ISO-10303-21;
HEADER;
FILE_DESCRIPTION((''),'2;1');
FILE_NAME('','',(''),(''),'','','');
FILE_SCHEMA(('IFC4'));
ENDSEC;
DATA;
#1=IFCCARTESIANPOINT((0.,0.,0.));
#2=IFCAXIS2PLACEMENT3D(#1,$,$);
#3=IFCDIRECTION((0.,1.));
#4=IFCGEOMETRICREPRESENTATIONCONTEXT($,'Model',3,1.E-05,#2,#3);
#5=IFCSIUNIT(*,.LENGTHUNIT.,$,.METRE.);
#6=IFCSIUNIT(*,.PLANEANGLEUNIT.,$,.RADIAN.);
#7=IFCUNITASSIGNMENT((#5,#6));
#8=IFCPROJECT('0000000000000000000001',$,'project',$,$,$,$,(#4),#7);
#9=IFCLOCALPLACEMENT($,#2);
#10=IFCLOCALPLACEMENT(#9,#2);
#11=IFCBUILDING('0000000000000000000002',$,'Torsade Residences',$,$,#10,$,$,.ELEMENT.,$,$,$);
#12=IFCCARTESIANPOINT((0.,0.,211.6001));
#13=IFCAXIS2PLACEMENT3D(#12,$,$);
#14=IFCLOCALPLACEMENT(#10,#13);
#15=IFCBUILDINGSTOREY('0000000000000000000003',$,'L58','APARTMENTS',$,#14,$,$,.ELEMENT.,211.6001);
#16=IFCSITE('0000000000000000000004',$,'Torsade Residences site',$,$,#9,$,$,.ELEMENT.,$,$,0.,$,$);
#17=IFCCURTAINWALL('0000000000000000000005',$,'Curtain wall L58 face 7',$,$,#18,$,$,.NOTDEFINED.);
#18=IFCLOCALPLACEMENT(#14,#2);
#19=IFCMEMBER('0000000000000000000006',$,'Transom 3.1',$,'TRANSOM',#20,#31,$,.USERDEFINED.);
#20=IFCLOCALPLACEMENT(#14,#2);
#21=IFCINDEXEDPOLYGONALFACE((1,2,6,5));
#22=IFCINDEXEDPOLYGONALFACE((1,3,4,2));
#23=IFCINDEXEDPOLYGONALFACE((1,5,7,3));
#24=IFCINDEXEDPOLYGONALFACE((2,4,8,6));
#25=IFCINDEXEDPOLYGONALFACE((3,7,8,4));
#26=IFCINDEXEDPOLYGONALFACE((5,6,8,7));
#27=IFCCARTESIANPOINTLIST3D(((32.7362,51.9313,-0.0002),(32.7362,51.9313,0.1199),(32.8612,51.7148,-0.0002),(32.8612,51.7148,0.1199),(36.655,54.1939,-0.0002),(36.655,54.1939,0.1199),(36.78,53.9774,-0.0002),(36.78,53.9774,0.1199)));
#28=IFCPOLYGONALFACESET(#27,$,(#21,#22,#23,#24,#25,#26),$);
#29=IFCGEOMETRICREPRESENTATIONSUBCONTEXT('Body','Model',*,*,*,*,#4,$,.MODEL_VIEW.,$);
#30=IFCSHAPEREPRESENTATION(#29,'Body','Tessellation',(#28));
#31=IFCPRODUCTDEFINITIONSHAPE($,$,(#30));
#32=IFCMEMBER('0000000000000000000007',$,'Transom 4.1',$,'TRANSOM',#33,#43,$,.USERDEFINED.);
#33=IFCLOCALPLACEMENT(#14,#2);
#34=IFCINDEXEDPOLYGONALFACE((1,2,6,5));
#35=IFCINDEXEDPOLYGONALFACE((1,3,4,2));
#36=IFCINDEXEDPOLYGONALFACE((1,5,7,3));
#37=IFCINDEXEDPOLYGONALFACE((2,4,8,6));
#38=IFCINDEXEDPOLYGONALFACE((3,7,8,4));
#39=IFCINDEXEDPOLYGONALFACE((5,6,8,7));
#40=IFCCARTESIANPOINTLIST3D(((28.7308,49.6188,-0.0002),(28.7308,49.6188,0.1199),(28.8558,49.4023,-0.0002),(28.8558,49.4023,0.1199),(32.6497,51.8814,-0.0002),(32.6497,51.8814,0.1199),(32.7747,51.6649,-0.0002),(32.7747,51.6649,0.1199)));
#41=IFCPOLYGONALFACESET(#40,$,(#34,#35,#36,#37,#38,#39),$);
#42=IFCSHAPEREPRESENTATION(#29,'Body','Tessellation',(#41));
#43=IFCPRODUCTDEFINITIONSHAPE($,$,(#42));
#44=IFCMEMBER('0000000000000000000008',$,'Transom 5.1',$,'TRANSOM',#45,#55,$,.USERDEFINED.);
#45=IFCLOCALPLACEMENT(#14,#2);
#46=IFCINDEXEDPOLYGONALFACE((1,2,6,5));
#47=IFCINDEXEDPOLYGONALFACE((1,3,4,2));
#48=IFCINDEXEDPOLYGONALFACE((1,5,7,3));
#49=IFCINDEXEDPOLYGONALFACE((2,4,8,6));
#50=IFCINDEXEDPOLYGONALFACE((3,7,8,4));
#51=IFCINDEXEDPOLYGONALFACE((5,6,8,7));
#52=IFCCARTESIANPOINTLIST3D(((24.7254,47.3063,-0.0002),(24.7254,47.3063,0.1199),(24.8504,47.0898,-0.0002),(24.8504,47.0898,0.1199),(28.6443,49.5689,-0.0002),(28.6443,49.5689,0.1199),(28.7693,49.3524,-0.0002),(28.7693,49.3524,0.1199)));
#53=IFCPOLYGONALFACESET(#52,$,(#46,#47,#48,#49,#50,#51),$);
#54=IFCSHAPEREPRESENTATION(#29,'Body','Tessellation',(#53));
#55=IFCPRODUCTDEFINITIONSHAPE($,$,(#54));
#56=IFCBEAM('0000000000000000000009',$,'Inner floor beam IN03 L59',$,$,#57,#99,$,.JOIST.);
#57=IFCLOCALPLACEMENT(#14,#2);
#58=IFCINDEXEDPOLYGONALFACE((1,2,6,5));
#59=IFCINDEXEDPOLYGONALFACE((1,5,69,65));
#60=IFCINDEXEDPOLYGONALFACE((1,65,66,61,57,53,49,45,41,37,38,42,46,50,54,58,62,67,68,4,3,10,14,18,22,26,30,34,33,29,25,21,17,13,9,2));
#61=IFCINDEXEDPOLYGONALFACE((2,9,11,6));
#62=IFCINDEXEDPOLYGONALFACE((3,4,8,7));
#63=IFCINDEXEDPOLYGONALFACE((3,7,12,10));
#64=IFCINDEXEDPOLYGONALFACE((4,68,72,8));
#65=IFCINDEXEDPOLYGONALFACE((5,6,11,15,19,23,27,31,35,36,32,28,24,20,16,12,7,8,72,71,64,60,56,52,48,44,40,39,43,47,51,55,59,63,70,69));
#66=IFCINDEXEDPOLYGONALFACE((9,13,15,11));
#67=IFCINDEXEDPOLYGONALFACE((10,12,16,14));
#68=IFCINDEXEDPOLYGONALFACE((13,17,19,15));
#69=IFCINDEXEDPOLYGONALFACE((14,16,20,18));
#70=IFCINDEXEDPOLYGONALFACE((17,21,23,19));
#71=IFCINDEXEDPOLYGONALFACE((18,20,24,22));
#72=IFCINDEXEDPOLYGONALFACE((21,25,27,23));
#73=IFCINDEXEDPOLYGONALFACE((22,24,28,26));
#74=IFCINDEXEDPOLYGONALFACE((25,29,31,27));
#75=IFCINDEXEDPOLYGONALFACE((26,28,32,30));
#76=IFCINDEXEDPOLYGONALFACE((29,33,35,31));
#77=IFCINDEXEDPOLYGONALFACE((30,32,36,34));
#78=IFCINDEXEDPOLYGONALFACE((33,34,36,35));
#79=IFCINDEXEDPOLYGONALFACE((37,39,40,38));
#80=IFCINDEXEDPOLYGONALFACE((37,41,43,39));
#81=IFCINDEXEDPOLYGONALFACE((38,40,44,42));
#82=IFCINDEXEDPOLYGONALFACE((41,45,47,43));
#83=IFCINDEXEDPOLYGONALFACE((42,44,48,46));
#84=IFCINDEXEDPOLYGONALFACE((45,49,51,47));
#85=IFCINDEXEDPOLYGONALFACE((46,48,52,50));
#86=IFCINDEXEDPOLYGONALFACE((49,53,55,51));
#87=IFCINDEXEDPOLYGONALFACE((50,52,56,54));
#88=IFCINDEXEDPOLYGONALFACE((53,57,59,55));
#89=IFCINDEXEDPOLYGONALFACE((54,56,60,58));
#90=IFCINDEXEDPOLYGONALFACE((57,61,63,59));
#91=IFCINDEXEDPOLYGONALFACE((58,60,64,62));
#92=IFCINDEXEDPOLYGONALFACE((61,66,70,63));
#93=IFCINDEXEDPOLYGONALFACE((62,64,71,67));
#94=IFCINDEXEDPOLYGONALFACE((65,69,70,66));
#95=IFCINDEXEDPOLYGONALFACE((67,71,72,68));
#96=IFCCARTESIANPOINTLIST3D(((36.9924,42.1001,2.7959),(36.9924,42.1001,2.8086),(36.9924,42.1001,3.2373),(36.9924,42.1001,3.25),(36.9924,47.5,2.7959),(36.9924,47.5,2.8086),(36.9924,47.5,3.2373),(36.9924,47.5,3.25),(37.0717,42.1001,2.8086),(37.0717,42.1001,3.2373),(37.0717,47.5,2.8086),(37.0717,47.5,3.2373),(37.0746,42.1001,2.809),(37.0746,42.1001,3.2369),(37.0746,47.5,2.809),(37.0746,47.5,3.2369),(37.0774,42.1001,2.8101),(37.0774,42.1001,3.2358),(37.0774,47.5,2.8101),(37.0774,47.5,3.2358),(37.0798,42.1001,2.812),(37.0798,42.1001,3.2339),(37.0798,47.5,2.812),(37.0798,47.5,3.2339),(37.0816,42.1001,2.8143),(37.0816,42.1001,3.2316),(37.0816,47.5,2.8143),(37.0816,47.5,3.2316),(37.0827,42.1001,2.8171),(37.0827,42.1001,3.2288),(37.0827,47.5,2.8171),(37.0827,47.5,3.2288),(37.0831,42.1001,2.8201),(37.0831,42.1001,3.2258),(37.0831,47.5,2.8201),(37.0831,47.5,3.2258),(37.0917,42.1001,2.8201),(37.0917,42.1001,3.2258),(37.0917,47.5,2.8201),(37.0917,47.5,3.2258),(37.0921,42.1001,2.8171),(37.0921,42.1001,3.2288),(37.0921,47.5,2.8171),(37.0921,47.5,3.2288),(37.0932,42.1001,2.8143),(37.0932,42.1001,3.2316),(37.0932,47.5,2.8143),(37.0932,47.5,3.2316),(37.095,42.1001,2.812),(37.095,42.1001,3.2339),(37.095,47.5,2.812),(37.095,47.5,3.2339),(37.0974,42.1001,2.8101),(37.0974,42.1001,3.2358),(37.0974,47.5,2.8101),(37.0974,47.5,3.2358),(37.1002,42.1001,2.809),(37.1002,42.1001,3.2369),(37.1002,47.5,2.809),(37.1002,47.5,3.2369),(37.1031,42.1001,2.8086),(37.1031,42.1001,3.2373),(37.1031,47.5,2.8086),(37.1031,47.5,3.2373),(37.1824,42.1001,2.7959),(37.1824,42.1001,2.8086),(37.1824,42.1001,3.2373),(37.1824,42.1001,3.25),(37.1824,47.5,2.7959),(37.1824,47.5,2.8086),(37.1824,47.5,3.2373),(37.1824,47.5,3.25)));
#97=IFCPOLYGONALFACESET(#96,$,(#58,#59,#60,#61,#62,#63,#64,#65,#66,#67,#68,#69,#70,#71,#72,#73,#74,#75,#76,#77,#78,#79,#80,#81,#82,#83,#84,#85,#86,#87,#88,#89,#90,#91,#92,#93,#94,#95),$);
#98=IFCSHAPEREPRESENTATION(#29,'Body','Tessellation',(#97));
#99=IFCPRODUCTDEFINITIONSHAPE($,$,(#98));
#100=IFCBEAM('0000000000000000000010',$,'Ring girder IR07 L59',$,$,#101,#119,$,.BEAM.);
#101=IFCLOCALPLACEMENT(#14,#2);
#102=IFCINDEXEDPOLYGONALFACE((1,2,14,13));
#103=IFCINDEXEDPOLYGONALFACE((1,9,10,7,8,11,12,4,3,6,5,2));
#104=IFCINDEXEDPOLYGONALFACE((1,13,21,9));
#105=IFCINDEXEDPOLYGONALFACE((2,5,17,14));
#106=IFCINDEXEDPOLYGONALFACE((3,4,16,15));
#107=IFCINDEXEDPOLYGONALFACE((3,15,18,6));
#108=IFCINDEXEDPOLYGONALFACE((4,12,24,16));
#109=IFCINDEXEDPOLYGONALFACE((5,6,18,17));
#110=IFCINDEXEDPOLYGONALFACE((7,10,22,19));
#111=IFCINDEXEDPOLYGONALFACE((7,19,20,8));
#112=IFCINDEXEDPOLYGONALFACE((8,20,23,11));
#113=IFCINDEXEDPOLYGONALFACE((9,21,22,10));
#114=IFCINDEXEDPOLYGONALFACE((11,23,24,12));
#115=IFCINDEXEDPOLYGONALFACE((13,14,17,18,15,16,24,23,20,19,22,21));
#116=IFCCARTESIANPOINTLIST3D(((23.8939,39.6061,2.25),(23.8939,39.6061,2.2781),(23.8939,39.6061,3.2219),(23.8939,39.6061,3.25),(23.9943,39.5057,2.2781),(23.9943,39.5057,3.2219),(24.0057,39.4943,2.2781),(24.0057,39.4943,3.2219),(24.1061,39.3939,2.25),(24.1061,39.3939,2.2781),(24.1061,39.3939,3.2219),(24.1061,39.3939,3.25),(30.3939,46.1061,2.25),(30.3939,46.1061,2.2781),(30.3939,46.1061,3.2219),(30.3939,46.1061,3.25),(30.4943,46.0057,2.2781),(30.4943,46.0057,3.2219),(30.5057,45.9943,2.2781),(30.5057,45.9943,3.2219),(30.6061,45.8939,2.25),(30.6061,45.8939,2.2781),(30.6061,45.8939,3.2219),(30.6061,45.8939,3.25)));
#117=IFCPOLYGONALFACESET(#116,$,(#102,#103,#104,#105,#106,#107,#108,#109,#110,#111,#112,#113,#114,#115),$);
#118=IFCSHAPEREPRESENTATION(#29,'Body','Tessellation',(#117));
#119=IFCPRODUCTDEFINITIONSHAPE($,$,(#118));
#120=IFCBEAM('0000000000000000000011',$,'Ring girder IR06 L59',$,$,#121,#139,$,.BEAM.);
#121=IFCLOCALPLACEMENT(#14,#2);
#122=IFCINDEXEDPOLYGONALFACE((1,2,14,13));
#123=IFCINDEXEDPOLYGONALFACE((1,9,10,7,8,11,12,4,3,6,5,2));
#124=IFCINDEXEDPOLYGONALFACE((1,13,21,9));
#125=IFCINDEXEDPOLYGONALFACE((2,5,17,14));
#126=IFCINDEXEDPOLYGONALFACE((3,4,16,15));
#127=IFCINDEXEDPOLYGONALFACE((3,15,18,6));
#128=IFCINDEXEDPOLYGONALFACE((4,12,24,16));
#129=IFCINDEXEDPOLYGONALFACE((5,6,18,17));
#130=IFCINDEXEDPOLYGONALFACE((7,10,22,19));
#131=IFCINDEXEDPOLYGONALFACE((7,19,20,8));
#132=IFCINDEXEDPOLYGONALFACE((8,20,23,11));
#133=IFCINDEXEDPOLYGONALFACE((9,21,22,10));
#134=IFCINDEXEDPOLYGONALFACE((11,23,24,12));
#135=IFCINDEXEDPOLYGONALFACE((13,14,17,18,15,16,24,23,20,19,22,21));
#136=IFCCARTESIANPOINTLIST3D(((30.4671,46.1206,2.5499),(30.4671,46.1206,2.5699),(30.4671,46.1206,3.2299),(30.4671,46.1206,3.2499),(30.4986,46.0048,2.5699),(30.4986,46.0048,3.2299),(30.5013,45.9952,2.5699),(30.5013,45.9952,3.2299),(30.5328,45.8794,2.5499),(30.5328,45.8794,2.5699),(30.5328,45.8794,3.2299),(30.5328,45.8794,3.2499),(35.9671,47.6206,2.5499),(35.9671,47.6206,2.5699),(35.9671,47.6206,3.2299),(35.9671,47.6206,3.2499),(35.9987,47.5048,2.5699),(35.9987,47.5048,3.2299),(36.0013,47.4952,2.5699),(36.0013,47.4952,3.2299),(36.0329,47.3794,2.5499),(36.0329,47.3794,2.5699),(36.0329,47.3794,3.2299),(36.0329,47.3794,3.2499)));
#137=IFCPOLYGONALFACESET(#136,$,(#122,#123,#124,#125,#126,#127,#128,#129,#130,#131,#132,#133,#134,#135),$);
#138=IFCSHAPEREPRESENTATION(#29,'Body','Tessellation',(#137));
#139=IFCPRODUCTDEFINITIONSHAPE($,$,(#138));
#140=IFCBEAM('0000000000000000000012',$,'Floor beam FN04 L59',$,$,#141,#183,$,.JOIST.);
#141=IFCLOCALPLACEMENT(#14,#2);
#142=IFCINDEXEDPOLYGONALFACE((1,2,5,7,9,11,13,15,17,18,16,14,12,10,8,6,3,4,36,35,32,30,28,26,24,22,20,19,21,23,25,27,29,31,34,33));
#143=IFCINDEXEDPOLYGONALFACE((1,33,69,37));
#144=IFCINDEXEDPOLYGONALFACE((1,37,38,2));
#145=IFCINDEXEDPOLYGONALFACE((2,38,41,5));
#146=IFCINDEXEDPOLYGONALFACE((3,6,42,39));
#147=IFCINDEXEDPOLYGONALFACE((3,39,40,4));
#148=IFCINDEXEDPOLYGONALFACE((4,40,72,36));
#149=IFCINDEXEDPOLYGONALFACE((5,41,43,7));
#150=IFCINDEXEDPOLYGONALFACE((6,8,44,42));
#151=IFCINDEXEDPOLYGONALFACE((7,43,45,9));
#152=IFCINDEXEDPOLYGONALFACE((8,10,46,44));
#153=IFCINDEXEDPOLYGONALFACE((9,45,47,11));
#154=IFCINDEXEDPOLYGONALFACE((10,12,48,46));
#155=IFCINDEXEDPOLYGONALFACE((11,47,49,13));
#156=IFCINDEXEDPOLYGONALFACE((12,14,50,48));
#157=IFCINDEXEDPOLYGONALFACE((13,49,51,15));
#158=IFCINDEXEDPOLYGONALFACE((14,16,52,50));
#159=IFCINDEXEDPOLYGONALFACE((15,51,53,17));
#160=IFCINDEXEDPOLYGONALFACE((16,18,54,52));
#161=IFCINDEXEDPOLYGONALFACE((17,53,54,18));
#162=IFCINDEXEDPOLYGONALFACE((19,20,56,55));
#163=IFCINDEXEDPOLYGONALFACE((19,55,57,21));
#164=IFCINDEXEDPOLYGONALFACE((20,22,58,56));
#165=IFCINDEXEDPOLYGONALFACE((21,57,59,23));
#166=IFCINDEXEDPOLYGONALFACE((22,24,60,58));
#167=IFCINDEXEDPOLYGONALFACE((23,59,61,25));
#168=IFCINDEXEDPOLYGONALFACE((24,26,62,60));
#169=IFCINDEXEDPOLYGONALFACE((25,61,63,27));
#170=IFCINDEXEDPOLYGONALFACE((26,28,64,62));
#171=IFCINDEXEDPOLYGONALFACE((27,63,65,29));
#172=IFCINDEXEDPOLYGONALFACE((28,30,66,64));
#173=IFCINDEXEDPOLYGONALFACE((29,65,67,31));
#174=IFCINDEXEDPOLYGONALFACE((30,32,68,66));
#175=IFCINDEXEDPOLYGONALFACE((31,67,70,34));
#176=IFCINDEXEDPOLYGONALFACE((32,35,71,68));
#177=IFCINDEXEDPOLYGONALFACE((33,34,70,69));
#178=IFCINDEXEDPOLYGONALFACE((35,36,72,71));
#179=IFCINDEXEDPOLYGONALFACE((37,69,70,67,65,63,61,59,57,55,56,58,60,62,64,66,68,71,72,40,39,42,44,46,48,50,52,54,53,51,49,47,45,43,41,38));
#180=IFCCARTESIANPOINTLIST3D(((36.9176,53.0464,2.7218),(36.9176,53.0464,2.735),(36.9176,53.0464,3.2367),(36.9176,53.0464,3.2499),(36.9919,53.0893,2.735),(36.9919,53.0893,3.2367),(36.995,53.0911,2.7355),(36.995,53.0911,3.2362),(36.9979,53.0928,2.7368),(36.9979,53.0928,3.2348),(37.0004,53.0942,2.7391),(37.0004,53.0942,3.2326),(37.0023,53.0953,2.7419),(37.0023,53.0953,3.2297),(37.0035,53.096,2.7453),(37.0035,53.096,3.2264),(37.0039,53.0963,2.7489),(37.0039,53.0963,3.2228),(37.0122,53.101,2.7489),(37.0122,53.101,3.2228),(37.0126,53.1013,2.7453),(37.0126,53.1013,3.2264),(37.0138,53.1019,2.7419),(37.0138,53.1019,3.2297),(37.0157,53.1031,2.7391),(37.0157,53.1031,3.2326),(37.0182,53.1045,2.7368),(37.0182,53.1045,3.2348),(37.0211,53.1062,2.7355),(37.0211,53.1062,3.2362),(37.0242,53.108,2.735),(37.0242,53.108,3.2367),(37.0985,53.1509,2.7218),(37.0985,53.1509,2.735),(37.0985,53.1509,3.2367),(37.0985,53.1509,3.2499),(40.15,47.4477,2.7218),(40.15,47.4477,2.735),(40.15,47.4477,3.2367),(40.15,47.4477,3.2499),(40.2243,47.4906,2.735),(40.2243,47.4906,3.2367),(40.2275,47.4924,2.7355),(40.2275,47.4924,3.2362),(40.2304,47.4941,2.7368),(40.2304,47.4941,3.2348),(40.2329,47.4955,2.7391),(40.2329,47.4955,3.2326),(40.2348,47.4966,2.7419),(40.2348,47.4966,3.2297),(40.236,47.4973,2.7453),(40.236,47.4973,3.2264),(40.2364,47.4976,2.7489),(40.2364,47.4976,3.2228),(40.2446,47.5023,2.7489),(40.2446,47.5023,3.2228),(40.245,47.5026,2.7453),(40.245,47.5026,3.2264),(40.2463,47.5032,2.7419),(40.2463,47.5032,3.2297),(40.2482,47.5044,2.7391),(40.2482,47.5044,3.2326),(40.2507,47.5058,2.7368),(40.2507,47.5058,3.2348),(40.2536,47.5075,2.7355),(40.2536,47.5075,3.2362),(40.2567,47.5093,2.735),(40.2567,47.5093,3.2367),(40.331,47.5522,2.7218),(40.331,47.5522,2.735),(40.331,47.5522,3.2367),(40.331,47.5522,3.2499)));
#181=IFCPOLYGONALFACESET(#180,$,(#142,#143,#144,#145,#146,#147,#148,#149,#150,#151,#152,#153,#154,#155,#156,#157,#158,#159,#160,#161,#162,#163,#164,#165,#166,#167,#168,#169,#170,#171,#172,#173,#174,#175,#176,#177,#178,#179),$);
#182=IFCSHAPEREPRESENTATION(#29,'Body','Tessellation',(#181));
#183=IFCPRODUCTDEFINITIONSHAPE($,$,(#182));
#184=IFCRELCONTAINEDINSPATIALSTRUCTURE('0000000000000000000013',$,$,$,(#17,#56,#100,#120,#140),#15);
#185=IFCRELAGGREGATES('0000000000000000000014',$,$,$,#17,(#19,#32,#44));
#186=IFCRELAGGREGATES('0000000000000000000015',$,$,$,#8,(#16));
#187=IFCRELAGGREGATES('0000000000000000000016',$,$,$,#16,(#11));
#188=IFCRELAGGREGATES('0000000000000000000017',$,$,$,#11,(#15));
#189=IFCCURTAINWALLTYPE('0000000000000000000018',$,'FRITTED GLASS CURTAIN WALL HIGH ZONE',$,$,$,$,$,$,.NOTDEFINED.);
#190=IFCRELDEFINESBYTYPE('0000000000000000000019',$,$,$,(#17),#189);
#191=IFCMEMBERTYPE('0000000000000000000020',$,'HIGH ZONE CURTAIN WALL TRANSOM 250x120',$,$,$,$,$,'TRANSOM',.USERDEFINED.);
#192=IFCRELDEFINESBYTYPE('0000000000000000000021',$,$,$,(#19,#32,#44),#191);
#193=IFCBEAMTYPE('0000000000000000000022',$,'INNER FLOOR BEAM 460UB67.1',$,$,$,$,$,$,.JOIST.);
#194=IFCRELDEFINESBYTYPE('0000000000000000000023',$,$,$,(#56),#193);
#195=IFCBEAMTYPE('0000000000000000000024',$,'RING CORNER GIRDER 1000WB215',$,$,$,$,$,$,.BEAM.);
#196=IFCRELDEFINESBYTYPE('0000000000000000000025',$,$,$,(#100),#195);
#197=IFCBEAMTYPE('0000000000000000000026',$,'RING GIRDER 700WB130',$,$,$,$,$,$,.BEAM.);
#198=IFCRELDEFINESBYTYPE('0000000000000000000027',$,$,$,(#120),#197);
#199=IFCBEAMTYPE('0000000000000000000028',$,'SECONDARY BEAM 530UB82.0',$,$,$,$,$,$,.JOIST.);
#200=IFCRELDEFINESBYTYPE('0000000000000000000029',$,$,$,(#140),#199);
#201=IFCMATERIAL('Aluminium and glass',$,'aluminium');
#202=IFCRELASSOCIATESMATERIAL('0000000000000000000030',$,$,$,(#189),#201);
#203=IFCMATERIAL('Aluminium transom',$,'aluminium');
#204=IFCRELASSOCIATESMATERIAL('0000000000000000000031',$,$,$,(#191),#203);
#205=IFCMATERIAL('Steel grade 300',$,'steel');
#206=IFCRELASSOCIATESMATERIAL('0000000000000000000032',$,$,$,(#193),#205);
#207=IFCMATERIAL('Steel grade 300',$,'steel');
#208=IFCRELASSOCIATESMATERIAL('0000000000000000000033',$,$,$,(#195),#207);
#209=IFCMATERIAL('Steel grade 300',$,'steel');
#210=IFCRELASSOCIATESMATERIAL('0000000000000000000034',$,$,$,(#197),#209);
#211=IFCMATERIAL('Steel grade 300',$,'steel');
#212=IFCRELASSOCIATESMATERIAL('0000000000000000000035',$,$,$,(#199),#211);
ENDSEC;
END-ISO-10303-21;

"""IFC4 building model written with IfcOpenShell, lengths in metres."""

from ifc_helpers import new_model, si_unit, direction, frame, origin, origin_2d, place, context, subcontext, project, spatial, rectangle, i_section, extrude, material, material_profile, profile_set, type_object, element, aggregate, save


model = new_model("IFC4")

# Units and contexts
model_context = context("Model", 3, precision=1e-05, world=origin(), true_north=direction((0.0, 1.0)))
body_context = subcontext(model_context, "Body", "Model", "MODEL_VIEW")
ifc_project = project(units=[si_unit("LENGTHUNIT", "METRE"), si_unit("PLANEANGLEUNIT", "RADIAN")], contexts=[model_context])

# Site, building, storey
site_placement = place(None, origin())
site = spatial("IfcSite", under=ifc_project, at=site_placement, Name="Torsade Residences site", CompositionType="ELEMENT", RefElevation=0.0)
building_placement = place(site_placement, origin())
building = spatial("IfcBuilding", under=site, at=building_placement, Name="Torsade Residences", CompositionType="ELEMENT")
storey_placement = place(building_placement, frame((0.0, 0.0, 211.6001)))
storey = spatial("IfcBuildingStorey", under=building, at=storey_placement, Name="L58", Description="APARTMENTS", CompositionType="ELEMENT", Elevation=211.6001)

# Curtain wall, members
ifc_material_1 = material(Name="Aluminium and glass", Category="aluminium")
curtain_wall_type = type_object("IfcCurtainWallType", Name="FRITTED GLASS CURTAIN WALL HIGH ZONE", PredefinedType="NOTDEFINED", material=ifc_material_1)
curtain_wall_placement = place(storey_placement, origin())
curtain_wall = element("IfcCurtainWall", 1, at=curtain_wall_placement, inside=storey, type_object=curtain_wall_type, Name="Curtain wall L58 face 7", PredefinedType="NOTDEFINED")
ifc_material_2 = material(Name="Aluminium transom", Category="aluminium")
ifc_material_profile_1 = material_profile(ifc_material_2, rectangle(XDim=0.25, YDim=0.1201, at=origin_2d()), Name="HIGH ZONE CURTAIN WALL TRANSOM 250x120")
ifc_profile_set_1 = profile_set([ifc_material_profile_1], Name="Aluminium transom")
member_type_1 = type_object("IfcMemberType", Name="HIGH ZONE CURTAIN WALL TRANSOM 250x120", ElementType="TRANSOM", PredefinedType="USERDEFINED", material=ifc_profile_set_1)
member_1_placement = place(storey_placement, frame((36.7175, 54.0857, 0.0598), z_axis=(-0.866017, -0.500015, 0.0), x_axis=(0.500015, -0.866017, 0.0)))
member_1 = element("IfcMember", 2, at=member_1_placement, type_object=member_type_1, Name="Transom 3.1", ObjectType="TRANSOM", PredefinedType="USERDEFINED", context=body_context, shape_type="SweptSolid", body=[
    extrude(rectangle(XDim=0.25, YDim=0.1201, at=origin_2d()), origin(), (0.0, 0.0, 1.0), 4.5251),
])
member_2_placement = place(storey_placement, frame((32.7122, 51.7732, 0.0598), z_axis=(-0.866017, -0.500015, 0.0), x_axis=(0.500015, -0.866017, 0.0)))
member_2 = element("IfcMember", 3, at=member_2_placement, type_object=member_type_1, Name="Transom 4.1", ObjectType="TRANSOM", PredefinedType="USERDEFINED", context=body_context, shape_type="SweptSolid", body=[
    extrude(rectangle(XDim=0.25, YDim=0.1201, at=origin_2d()), origin(), (0.0, 0.0, 1.0), 4.5251),
])
member_3_placement = place(storey_placement, frame((28.7068, 49.4607, 0.0598), z_axis=(-0.866017, -0.500015, 0.0), x_axis=(0.500015, -0.866017, 0.0)))
member_3 = element("IfcMember", 4, at=member_3_placement, type_object=member_type_1, Name="Transom 5.1", ObjectType="TRANSOM", PredefinedType="USERDEFINED", context=body_context, shape_type="SweptSolid", body=[
    extrude(rectangle(XDim=0.25, YDim=0.1201, at=origin_2d()), origin(), (0.0, 0.0, 1.0), 4.5251),
])

# Beams
ifc_material_3 = material(Name="Steel grade 300", Category="steel")
ifc_material_profile_2 = material_profile(ifc_material_3, i_section(OverallWidth=0.1899, OverallDepth=0.4541, WebThickness=0.0085, FlangeThickness=0.0127, FilletRadius=0.0115, at=origin_2d()), Name="460UB67.1")
ifc_profile_set_2 = profile_set([ifc_material_profile_2], Name="Steel grade 300")
beam_type_1 = type_object("IfcBeamType", Name="INNER FLOOR BEAM 460UB67.1", PredefinedType="JOIST", material=ifc_profile_set_2)
beam_1_placement = place(storey_placement, frame((37.0874, 42.1001, 3.0229), z_axis=(0.0, 1.0, 0.0), x_axis=(-1.0, 0.0, 0.0)))
element("IfcBeam", 5, at=beam_1_placement, inside=storey, type_object=beam_type_1, Name="Inner floor beam IN03 L59", PredefinedType="JOIST", context=body_context, shape_type="SweptSolid", body=[
    extrude(i_section(OverallWidth=0.1899, OverallDepth=0.4541, WebThickness=0.0085, FlangeThickness=0.0127, FilletRadius=0.0115, at=origin_2d()), origin(), (0.0, 0.0, 1.0), 5.3999),
])
ifc_material_4 = material(Name="Steel grade 300", Category="steel")
ifc_material_profile_3 = material_profile(ifc_material_4, i_section(OverallWidth=0.3, OverallDepth=1.0, WebThickness=0.0161, FlangeThickness=0.0281, at=origin_2d()), Name="1000WB215")
ifc_profile_set_3 = profile_set([ifc_material_profile_3], Name="Steel grade 300")
beam_type_2 = type_object("IfcBeamType", Name="RING CORNER GIRDER 1000WB215", PredefinedType="BEAM", material=ifc_profile_set_3)
beam_2_placement = place(storey_placement, frame((30.5, 46.0, 2.75), z_axis=(-0.707107, -0.707107, 0.0), x_axis=(0.707107, -0.707107, 0.0)))
element("IfcBeam", 6, at=beam_2_placement, inside=storey, type_object=beam_type_2, Name="Ring girder IR07 L59", PredefinedType="BEAM", context=body_context, shape_type="SweptSolid", body=[
    extrude(i_section(OverallWidth=0.3, OverallDepth=1.0, WebThickness=0.0161, FlangeThickness=0.0281, at=origin_2d()), origin(), (0.0, 0.0, 1.0), 9.1924),
])
ifc_material_5 = material(Name="Steel grade 300", Category="steel")
ifc_material_profile_4 = material_profile(ifc_material_5, i_section(OverallWidth=0.25, OverallDepth=0.7, WebThickness=0.01, FlangeThickness=0.02, at=origin_2d()), Name="700WB130")
ifc_profile_set_4 = profile_set([ifc_material_profile_4], Name="Steel grade 300")
beam_type_3 = type_object("IfcBeamType", Name="RING GIRDER 700WB130", PredefinedType="BEAM", material=ifc_profile_set_4)
beam_3_placement = place(storey_placement, frame((36.0, 47.5, 2.8999), z_axis=(-0.964764, -0.263117, 0.0), x_axis=(0.263117, -0.964764, 0.0)))
element("IfcBeam", 7, at=beam_3_placement, inside=storey, type_object=beam_type_3, Name="Ring girder IR06 L59", PredefinedType="BEAM", context=body_context, shape_type="SweptSolid", body=[
    extrude(i_section(OverallWidth=0.25, OverallDepth=0.7, WebThickness=0.01, FlangeThickness=0.02, at=origin_2d()), origin(), (0.0, 0.0, 1.0), 5.7009),
])
ifc_material_6 = material(Name="Steel grade 300", Category="steel")
ifc_material_profile_5 = material_profile(ifc_material_6, i_section(OverallWidth=0.209, OverallDepth=0.5281, WebThickness=0.0095, FlangeThickness=0.0132, FilletRadius=0.0139, at=origin_2d()), Name="530UB82.0")
ifc_profile_set_5 = profile_set([ifc_material_profile_5], Name="Steel grade 300")
beam_type_4 = type_object("IfcBeamType", Name="SECONDARY BEAM 530UB82.0", PredefinedType="JOIST", material=ifc_profile_set_5)
beam_4_placement = place(storey_placement, frame((37.0081, 53.0986, 2.9858), z_axis=(0.500006, -0.866022, 0.0), x_axis=(0.866022, 0.500006, 0.0)))
element("IfcBeam", 8, at=beam_4_placement, inside=storey, type_object=beam_type_4, Name="Floor beam FN04 L59", PredefinedType="JOIST", context=body_context, shape_type="SweptSolid", body=[
    extrude(i_section(OverallWidth=0.209, OverallDepth=0.5281, WebThickness=0.0095, FlangeThickness=0.0132, FilletRadius=0.0139, at=origin_2d()), origin(), (0.0, 0.0, 1.0), 6.4648),
])

aggregate(curtain_wall, [member_1, member_2, member_3])

save(model, "model.ifc")
